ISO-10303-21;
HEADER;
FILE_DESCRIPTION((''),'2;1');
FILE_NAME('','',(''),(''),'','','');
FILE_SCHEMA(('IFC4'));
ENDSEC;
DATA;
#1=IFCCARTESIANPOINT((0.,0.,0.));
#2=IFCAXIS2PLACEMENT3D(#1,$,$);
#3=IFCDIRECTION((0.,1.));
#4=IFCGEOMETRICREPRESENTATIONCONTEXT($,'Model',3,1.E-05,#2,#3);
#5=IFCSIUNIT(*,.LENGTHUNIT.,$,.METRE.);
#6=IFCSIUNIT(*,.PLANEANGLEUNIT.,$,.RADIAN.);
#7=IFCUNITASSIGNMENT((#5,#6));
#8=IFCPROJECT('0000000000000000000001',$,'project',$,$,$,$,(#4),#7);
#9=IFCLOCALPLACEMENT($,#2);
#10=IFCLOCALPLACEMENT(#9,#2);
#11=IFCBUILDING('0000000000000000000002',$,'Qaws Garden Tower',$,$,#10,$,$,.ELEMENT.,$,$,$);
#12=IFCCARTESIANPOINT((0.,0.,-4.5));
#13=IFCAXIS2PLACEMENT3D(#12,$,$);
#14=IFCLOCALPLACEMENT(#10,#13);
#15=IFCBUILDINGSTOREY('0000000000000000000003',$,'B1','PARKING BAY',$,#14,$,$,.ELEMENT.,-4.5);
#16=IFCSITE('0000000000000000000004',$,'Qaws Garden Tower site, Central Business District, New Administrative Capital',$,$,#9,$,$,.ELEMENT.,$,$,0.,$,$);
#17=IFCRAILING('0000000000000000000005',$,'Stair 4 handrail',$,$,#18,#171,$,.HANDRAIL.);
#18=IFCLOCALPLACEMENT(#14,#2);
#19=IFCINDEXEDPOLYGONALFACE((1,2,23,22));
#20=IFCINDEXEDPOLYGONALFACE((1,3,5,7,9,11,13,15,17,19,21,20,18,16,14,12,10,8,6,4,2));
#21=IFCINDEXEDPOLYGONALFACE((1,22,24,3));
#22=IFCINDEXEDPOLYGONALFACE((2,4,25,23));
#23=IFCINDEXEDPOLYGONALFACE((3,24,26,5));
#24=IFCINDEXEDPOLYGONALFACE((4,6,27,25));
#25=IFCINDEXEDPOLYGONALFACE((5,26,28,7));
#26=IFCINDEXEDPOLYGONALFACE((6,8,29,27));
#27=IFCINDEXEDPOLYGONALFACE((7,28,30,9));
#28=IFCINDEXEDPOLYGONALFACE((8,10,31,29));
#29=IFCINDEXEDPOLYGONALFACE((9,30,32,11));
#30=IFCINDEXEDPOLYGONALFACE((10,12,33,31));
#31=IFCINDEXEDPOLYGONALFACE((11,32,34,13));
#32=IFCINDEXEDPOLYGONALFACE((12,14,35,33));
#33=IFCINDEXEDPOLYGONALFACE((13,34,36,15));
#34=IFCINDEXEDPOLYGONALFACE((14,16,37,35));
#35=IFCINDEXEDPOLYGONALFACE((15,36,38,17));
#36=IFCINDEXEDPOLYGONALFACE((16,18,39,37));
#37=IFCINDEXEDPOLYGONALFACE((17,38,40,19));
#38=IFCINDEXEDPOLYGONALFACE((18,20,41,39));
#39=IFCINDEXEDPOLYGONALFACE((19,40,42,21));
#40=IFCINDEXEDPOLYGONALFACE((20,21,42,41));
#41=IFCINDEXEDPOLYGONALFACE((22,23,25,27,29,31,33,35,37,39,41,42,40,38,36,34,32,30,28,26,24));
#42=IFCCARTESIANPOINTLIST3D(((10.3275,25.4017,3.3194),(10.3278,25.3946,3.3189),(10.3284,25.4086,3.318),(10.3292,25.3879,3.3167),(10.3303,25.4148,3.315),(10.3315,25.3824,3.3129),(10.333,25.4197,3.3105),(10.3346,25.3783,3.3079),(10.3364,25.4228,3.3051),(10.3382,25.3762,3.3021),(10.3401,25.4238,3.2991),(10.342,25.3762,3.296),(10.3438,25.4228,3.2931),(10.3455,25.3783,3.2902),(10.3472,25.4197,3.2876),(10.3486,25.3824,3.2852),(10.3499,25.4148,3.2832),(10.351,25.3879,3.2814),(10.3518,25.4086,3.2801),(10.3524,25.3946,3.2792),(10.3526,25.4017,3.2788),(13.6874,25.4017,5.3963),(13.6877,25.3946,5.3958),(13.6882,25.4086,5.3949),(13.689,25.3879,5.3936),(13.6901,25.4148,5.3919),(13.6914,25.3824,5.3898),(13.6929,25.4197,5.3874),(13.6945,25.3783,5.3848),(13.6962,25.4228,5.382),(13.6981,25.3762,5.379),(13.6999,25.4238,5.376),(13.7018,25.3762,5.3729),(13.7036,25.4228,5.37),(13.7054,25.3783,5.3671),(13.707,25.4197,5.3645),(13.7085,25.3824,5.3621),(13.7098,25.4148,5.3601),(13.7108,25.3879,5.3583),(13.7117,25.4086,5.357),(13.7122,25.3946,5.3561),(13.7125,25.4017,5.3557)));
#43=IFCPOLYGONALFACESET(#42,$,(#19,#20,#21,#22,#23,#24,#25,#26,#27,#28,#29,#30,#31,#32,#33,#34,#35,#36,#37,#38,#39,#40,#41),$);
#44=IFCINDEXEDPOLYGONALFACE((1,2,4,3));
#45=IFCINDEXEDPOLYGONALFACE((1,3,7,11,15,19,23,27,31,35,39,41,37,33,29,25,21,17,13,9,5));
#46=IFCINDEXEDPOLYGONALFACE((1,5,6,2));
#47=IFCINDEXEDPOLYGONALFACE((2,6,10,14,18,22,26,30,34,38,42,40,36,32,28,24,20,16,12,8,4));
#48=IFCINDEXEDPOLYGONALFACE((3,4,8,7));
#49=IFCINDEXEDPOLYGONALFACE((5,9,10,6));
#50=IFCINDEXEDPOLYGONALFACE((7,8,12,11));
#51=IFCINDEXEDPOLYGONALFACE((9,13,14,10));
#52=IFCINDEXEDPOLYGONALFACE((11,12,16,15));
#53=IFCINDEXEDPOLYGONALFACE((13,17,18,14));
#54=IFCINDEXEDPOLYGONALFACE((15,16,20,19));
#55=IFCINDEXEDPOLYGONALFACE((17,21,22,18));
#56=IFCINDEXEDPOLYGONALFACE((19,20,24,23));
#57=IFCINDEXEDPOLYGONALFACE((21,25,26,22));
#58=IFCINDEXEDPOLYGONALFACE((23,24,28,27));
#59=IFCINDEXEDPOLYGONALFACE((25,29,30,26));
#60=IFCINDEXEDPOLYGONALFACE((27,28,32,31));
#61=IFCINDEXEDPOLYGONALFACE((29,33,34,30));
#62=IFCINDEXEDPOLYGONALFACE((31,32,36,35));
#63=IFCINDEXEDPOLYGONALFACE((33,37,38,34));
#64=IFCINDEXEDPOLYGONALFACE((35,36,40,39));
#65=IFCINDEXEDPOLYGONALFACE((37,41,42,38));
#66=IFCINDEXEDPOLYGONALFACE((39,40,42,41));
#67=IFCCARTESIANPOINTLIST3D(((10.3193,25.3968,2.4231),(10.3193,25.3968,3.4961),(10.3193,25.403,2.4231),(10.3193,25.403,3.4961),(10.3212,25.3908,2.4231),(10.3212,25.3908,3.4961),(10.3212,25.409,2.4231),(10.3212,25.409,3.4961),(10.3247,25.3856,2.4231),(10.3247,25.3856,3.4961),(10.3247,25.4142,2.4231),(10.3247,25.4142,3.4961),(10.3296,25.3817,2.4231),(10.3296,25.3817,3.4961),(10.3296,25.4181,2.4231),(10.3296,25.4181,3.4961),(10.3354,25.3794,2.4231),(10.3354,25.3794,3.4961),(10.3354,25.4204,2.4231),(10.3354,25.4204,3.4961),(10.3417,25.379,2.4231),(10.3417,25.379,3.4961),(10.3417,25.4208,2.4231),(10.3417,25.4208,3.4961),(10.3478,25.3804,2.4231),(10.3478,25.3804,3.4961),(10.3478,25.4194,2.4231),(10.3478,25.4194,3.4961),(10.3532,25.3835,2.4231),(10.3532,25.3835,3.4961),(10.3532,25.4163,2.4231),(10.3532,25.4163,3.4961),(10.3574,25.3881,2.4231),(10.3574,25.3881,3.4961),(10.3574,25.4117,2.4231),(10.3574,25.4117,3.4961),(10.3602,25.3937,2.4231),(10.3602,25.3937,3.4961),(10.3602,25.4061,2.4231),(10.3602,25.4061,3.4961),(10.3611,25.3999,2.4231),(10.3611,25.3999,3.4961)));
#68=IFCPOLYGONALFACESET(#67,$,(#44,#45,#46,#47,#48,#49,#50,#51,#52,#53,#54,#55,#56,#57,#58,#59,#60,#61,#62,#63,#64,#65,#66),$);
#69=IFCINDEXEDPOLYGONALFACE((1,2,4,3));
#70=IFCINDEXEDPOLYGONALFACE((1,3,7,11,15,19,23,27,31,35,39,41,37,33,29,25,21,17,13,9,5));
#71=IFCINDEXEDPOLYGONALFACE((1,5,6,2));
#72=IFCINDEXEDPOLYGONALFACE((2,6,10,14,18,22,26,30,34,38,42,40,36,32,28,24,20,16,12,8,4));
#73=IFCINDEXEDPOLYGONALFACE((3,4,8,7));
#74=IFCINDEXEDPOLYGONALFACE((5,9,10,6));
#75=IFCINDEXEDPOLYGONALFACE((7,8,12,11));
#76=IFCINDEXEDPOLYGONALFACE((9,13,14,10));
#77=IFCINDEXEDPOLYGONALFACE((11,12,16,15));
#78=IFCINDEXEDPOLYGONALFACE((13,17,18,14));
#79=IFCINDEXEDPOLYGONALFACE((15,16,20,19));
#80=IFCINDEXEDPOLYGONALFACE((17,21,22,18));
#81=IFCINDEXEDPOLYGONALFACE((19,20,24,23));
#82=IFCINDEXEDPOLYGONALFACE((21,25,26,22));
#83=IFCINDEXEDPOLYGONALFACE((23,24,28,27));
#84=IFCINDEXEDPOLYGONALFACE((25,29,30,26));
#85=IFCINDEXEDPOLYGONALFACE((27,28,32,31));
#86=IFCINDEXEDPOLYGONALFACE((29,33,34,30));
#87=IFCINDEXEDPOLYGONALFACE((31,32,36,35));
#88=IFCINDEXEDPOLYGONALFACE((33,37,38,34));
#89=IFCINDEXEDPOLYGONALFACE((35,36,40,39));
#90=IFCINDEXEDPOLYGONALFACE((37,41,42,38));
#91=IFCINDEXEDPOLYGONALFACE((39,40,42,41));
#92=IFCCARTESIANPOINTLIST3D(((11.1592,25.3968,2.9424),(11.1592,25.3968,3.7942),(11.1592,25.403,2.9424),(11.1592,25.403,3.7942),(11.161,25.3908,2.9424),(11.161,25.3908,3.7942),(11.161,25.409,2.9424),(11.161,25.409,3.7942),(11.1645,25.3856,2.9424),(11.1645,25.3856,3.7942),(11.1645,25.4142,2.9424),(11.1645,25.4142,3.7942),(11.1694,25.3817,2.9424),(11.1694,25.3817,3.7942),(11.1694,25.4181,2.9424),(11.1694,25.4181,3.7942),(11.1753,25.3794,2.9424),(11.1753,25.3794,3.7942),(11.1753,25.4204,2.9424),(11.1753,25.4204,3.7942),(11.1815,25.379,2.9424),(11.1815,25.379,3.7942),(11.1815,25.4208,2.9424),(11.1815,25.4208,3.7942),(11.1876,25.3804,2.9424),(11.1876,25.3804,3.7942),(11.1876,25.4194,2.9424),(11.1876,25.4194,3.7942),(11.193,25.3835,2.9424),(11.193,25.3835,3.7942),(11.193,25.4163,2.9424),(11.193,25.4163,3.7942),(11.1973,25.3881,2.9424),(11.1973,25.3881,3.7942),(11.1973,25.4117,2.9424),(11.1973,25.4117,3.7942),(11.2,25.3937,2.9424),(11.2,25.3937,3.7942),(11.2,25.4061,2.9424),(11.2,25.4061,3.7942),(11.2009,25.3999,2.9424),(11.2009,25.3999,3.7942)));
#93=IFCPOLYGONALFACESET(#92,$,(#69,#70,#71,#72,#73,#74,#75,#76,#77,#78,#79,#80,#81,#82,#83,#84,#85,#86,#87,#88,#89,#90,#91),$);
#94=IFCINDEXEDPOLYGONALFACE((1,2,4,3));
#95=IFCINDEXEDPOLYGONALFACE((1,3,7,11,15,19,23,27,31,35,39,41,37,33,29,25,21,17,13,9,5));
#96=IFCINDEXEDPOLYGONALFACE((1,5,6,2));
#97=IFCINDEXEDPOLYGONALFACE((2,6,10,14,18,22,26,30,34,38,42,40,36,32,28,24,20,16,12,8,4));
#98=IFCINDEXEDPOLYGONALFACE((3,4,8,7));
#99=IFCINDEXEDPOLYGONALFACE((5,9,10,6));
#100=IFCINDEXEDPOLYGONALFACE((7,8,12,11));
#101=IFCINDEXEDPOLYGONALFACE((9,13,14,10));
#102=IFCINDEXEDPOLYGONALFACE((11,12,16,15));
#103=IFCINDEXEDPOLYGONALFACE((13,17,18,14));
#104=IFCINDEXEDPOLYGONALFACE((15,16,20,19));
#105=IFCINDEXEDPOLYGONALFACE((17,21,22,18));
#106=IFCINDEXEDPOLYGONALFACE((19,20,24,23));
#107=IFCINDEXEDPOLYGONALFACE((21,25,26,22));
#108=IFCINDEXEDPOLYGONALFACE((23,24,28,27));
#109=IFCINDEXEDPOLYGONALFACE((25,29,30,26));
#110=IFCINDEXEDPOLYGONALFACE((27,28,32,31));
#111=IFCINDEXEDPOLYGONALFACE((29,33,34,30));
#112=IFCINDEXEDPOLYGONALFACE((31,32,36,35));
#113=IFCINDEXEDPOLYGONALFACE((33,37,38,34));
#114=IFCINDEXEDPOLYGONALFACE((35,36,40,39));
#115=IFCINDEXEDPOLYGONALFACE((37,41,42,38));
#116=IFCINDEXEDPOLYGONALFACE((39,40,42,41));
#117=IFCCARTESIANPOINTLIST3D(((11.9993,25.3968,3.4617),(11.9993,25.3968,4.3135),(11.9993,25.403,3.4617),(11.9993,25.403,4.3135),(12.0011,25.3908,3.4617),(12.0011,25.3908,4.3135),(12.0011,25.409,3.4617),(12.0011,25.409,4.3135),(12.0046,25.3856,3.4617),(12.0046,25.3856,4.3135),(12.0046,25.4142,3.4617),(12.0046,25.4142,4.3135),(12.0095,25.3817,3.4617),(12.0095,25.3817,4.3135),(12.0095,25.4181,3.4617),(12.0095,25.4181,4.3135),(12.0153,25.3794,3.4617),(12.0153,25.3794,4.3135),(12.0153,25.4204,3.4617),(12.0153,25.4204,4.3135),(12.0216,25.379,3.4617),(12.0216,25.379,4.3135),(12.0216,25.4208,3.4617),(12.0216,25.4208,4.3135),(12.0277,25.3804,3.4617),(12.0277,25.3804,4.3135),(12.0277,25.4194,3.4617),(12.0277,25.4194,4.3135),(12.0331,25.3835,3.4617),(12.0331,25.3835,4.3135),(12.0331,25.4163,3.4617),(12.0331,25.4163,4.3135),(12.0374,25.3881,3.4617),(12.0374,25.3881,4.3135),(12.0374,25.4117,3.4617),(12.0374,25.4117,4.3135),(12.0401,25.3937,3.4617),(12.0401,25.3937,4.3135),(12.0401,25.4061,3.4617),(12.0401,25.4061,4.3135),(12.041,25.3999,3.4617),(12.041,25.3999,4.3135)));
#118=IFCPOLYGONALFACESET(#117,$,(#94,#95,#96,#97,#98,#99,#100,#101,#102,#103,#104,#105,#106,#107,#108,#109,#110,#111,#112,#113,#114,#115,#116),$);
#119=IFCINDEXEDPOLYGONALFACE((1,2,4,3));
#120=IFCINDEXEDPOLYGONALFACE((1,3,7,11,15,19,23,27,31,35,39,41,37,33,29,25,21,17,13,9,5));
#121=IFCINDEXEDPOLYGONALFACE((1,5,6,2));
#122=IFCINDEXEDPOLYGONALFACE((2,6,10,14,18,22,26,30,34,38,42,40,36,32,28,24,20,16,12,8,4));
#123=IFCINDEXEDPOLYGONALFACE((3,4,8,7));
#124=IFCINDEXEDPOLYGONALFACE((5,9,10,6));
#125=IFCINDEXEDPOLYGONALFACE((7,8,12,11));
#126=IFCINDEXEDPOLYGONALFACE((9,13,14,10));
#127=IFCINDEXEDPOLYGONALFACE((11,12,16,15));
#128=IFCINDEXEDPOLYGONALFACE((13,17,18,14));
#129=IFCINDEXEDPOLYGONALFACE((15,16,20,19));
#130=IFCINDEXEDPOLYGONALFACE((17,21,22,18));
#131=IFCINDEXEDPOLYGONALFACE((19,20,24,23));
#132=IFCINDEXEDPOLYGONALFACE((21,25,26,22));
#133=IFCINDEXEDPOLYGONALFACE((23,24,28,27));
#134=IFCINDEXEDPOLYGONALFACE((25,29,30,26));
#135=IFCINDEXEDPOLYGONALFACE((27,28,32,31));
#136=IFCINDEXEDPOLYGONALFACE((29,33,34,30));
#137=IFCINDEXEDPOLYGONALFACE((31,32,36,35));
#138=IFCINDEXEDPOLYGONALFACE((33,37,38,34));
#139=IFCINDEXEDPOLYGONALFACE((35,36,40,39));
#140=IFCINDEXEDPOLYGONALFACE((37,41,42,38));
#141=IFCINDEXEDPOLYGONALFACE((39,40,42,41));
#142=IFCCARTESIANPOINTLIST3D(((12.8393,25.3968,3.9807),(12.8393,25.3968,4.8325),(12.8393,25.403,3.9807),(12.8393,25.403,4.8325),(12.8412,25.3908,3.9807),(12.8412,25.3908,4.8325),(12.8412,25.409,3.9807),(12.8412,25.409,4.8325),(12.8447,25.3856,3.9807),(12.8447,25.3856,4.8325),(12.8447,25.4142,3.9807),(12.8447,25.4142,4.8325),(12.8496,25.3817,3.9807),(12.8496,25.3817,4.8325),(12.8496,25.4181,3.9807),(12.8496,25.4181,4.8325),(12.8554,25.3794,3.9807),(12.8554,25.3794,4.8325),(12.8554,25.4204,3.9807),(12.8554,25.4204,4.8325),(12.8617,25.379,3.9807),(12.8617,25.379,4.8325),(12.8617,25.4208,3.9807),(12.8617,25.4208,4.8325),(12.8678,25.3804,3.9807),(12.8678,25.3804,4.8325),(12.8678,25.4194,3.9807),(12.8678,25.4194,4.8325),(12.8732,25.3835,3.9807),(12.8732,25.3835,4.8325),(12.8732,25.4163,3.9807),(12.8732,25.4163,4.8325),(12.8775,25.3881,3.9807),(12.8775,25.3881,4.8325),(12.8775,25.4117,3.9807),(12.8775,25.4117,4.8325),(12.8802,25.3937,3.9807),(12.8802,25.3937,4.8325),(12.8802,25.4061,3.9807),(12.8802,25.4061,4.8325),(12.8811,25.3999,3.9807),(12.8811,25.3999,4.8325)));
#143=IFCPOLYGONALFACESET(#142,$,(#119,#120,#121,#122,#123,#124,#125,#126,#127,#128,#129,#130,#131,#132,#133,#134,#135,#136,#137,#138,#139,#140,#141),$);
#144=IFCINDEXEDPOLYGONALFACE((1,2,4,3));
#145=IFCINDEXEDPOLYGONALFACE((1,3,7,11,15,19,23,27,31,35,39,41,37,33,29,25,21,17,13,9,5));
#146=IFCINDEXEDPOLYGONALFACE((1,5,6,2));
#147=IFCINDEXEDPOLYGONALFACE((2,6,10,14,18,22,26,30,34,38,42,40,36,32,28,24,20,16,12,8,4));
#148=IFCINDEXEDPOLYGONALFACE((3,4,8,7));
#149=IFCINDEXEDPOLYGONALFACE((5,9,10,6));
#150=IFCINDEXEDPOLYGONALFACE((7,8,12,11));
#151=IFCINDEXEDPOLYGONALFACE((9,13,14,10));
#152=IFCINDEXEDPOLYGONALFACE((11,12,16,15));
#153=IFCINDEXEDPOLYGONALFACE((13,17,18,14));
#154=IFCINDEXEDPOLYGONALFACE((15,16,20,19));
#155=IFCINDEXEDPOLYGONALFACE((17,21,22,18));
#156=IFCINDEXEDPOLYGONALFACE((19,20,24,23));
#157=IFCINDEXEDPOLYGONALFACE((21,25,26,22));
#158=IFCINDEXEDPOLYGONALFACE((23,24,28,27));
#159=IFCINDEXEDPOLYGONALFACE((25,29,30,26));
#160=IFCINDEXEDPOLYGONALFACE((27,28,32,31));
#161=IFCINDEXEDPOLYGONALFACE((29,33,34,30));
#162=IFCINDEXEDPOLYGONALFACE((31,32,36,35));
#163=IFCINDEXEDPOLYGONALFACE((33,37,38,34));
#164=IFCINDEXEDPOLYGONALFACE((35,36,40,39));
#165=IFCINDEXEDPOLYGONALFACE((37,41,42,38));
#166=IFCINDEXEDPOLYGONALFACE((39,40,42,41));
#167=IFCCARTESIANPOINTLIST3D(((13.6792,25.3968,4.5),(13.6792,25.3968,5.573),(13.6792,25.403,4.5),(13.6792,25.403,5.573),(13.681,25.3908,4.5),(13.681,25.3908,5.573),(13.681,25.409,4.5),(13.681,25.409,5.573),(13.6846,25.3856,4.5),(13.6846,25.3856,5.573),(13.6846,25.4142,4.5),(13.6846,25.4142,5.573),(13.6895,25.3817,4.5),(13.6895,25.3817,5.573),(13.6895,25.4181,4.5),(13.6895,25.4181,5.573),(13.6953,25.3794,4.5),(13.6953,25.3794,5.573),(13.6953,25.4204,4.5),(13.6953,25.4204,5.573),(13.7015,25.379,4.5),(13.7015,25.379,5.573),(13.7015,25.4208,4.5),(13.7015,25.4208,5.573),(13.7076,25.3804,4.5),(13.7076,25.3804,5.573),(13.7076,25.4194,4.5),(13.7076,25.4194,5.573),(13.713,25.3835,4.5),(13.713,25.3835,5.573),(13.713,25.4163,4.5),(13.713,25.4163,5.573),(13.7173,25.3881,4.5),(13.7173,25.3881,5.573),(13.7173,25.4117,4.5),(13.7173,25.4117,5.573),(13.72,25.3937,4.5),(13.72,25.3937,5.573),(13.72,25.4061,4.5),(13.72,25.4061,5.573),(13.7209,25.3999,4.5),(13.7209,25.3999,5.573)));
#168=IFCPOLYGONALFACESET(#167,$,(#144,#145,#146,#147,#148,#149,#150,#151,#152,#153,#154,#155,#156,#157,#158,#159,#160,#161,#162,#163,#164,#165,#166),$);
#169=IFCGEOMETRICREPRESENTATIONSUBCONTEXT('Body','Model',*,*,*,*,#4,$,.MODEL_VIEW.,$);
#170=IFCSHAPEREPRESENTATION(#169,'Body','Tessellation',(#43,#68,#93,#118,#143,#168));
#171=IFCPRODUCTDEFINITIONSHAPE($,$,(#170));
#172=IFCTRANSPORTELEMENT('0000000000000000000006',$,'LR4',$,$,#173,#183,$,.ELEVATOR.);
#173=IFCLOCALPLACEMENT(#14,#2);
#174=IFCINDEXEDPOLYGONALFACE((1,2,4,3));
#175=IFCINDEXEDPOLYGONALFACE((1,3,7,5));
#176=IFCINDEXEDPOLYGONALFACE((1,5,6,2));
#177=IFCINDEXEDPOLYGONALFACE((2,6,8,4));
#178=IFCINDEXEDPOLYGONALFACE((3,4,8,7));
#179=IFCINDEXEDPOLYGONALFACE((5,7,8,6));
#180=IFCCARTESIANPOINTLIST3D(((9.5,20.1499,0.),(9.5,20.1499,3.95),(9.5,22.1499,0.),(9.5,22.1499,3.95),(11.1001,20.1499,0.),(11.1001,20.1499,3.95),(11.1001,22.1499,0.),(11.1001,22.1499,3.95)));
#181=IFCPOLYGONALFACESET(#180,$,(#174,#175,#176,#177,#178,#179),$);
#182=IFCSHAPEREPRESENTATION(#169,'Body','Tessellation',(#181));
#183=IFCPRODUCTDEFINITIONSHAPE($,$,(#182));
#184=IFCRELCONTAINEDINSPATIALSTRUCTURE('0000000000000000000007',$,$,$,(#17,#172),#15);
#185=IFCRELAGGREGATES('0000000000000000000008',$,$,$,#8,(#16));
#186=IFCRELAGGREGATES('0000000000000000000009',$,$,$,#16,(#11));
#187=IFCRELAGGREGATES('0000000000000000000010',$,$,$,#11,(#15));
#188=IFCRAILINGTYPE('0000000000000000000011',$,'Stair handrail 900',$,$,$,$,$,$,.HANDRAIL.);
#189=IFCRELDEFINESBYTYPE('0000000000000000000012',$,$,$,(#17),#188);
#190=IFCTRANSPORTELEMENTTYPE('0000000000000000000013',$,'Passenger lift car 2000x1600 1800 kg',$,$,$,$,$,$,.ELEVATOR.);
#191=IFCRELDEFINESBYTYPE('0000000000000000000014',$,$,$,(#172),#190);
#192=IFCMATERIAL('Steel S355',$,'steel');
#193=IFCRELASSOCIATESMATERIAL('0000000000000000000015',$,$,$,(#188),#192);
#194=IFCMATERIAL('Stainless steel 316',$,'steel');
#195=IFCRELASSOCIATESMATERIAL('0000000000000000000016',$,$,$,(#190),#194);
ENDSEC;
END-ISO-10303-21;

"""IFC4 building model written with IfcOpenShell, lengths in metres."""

from ifc_helpers import new_model, si_unit, direction, frame, origin, origin_2d, place, context, subcontext, project, spatial, rectangle, circle, extrude, material, type_object, element, save


model = new_model("IFC4")

# Units and contexts
model_context = context("Model", 3, precision=1e-05, world=origin(), true_north=direction((0.0, 1.0)))
body_context = subcontext(model_context, "Body", "Model", "MODEL_VIEW")
ifc_project = project(units=[si_unit("LENGTHUNIT", "METRE"), si_unit("PLANEANGLEUNIT", "RADIAN")], contexts=[model_context])

# Site, building, storey
site_placement = place(None, origin())
site = spatial("IfcSite", under=ifc_project, at=site_placement, Name="Qaws Garden Tower site, Central Business District, New Administrative Capital", CompositionType="ELEMENT", RefElevation=0.0)
building_placement = place(site_placement, origin())
building = spatial("IfcBuilding", under=site, at=building_placement, Name="Qaws Garden Tower", CompositionType="ELEMENT")
storey_placement = place(building_placement, frame((0.0, 0.0, -4.5)))
storey = spatial("IfcBuildingStorey", under=building, at=storey_placement, Name="B1", Description="PARKING BAY", CompositionType="ELEMENT", Elevation=-4.5)

# Railing
ifc_material_1 = material(Name="Steel S355", Category="steel")
railing_type = type_object("IfcRailingType", Name="Stair handrail 900", PredefinedType="HANDRAIL", material=ifc_material_1)
railing_1_placement = place(storey_placement, frame((10.3401, 25.3999, 2.4231)))
element("IfcRailing", 1, at=railing_1_placement, inside=storey, type_object=railing_type, Name="Stair 4 handrail", PredefinedType="HANDRAIL", context=body_context, shape_type="SweptSolid", body=[
    extrude(circle(Radius=0.0239, at=origin_2d()), frame((0.0, 0.0, 0.876), z_axis=(0.850606, 0.0, 0.525803), x_axis=(0.0, 1.0, 0.0)), (0.0, 0.0, 1.0), 3.95),
    extrude(circle(Radius=0.021, at=origin_2d()), origin(), (0.0, 0.0, 1.0), 1.073),
    extrude(circle(Radius=0.021, at=origin_2d()), frame((0.8398, 0.0, 0.5193)), (0.0, 0.0, 1.0), 0.8518),
    extrude(circle(Radius=0.021, at=origin_2d()), frame((1.6799, 0.0, 1.0386)), (0.0, 0.0, 1.0), 0.8518),
    extrude(circle(Radius=0.021, at=origin_2d()), frame((2.52, 0.0, 1.5576)), (0.0, 0.0, 1.0), 0.8518),
    extrude(circle(Radius=0.021, at=origin_2d()), frame((3.3599, 0.0, 2.0769)), (0.0, 0.0, 1.0), 1.073),
])

# Transport element
ifc_material_2 = material(Name="Stainless steel 316", Category="steel")
transport_element_type = type_object("IfcTransportElementType", Name="Passenger lift car 2000x1600 1800 kg", PredefinedType="ELEVATOR", material=ifc_material_2)
transport_element_placement = place(storey_placement, frame((10.3, 21.1499, 0.0), z_axis=(0.0, 0.0, 1.0), x_axis=(1.0, 0.0, 0.0)))
element("IfcTransportElement", 2, at=transport_element_placement, inside=storey, type_object=transport_element_type, Name="LR4", PredefinedType="ELEVATOR", context=body_context, shape_type="SweptSolid", body=[
    extrude(rectangle(XDim=1.6001, YDim=2.0, at=origin_2d()), origin(), (0.0, 0.0, 1.0), 3.95),
])

save(model, "model.ifc")
